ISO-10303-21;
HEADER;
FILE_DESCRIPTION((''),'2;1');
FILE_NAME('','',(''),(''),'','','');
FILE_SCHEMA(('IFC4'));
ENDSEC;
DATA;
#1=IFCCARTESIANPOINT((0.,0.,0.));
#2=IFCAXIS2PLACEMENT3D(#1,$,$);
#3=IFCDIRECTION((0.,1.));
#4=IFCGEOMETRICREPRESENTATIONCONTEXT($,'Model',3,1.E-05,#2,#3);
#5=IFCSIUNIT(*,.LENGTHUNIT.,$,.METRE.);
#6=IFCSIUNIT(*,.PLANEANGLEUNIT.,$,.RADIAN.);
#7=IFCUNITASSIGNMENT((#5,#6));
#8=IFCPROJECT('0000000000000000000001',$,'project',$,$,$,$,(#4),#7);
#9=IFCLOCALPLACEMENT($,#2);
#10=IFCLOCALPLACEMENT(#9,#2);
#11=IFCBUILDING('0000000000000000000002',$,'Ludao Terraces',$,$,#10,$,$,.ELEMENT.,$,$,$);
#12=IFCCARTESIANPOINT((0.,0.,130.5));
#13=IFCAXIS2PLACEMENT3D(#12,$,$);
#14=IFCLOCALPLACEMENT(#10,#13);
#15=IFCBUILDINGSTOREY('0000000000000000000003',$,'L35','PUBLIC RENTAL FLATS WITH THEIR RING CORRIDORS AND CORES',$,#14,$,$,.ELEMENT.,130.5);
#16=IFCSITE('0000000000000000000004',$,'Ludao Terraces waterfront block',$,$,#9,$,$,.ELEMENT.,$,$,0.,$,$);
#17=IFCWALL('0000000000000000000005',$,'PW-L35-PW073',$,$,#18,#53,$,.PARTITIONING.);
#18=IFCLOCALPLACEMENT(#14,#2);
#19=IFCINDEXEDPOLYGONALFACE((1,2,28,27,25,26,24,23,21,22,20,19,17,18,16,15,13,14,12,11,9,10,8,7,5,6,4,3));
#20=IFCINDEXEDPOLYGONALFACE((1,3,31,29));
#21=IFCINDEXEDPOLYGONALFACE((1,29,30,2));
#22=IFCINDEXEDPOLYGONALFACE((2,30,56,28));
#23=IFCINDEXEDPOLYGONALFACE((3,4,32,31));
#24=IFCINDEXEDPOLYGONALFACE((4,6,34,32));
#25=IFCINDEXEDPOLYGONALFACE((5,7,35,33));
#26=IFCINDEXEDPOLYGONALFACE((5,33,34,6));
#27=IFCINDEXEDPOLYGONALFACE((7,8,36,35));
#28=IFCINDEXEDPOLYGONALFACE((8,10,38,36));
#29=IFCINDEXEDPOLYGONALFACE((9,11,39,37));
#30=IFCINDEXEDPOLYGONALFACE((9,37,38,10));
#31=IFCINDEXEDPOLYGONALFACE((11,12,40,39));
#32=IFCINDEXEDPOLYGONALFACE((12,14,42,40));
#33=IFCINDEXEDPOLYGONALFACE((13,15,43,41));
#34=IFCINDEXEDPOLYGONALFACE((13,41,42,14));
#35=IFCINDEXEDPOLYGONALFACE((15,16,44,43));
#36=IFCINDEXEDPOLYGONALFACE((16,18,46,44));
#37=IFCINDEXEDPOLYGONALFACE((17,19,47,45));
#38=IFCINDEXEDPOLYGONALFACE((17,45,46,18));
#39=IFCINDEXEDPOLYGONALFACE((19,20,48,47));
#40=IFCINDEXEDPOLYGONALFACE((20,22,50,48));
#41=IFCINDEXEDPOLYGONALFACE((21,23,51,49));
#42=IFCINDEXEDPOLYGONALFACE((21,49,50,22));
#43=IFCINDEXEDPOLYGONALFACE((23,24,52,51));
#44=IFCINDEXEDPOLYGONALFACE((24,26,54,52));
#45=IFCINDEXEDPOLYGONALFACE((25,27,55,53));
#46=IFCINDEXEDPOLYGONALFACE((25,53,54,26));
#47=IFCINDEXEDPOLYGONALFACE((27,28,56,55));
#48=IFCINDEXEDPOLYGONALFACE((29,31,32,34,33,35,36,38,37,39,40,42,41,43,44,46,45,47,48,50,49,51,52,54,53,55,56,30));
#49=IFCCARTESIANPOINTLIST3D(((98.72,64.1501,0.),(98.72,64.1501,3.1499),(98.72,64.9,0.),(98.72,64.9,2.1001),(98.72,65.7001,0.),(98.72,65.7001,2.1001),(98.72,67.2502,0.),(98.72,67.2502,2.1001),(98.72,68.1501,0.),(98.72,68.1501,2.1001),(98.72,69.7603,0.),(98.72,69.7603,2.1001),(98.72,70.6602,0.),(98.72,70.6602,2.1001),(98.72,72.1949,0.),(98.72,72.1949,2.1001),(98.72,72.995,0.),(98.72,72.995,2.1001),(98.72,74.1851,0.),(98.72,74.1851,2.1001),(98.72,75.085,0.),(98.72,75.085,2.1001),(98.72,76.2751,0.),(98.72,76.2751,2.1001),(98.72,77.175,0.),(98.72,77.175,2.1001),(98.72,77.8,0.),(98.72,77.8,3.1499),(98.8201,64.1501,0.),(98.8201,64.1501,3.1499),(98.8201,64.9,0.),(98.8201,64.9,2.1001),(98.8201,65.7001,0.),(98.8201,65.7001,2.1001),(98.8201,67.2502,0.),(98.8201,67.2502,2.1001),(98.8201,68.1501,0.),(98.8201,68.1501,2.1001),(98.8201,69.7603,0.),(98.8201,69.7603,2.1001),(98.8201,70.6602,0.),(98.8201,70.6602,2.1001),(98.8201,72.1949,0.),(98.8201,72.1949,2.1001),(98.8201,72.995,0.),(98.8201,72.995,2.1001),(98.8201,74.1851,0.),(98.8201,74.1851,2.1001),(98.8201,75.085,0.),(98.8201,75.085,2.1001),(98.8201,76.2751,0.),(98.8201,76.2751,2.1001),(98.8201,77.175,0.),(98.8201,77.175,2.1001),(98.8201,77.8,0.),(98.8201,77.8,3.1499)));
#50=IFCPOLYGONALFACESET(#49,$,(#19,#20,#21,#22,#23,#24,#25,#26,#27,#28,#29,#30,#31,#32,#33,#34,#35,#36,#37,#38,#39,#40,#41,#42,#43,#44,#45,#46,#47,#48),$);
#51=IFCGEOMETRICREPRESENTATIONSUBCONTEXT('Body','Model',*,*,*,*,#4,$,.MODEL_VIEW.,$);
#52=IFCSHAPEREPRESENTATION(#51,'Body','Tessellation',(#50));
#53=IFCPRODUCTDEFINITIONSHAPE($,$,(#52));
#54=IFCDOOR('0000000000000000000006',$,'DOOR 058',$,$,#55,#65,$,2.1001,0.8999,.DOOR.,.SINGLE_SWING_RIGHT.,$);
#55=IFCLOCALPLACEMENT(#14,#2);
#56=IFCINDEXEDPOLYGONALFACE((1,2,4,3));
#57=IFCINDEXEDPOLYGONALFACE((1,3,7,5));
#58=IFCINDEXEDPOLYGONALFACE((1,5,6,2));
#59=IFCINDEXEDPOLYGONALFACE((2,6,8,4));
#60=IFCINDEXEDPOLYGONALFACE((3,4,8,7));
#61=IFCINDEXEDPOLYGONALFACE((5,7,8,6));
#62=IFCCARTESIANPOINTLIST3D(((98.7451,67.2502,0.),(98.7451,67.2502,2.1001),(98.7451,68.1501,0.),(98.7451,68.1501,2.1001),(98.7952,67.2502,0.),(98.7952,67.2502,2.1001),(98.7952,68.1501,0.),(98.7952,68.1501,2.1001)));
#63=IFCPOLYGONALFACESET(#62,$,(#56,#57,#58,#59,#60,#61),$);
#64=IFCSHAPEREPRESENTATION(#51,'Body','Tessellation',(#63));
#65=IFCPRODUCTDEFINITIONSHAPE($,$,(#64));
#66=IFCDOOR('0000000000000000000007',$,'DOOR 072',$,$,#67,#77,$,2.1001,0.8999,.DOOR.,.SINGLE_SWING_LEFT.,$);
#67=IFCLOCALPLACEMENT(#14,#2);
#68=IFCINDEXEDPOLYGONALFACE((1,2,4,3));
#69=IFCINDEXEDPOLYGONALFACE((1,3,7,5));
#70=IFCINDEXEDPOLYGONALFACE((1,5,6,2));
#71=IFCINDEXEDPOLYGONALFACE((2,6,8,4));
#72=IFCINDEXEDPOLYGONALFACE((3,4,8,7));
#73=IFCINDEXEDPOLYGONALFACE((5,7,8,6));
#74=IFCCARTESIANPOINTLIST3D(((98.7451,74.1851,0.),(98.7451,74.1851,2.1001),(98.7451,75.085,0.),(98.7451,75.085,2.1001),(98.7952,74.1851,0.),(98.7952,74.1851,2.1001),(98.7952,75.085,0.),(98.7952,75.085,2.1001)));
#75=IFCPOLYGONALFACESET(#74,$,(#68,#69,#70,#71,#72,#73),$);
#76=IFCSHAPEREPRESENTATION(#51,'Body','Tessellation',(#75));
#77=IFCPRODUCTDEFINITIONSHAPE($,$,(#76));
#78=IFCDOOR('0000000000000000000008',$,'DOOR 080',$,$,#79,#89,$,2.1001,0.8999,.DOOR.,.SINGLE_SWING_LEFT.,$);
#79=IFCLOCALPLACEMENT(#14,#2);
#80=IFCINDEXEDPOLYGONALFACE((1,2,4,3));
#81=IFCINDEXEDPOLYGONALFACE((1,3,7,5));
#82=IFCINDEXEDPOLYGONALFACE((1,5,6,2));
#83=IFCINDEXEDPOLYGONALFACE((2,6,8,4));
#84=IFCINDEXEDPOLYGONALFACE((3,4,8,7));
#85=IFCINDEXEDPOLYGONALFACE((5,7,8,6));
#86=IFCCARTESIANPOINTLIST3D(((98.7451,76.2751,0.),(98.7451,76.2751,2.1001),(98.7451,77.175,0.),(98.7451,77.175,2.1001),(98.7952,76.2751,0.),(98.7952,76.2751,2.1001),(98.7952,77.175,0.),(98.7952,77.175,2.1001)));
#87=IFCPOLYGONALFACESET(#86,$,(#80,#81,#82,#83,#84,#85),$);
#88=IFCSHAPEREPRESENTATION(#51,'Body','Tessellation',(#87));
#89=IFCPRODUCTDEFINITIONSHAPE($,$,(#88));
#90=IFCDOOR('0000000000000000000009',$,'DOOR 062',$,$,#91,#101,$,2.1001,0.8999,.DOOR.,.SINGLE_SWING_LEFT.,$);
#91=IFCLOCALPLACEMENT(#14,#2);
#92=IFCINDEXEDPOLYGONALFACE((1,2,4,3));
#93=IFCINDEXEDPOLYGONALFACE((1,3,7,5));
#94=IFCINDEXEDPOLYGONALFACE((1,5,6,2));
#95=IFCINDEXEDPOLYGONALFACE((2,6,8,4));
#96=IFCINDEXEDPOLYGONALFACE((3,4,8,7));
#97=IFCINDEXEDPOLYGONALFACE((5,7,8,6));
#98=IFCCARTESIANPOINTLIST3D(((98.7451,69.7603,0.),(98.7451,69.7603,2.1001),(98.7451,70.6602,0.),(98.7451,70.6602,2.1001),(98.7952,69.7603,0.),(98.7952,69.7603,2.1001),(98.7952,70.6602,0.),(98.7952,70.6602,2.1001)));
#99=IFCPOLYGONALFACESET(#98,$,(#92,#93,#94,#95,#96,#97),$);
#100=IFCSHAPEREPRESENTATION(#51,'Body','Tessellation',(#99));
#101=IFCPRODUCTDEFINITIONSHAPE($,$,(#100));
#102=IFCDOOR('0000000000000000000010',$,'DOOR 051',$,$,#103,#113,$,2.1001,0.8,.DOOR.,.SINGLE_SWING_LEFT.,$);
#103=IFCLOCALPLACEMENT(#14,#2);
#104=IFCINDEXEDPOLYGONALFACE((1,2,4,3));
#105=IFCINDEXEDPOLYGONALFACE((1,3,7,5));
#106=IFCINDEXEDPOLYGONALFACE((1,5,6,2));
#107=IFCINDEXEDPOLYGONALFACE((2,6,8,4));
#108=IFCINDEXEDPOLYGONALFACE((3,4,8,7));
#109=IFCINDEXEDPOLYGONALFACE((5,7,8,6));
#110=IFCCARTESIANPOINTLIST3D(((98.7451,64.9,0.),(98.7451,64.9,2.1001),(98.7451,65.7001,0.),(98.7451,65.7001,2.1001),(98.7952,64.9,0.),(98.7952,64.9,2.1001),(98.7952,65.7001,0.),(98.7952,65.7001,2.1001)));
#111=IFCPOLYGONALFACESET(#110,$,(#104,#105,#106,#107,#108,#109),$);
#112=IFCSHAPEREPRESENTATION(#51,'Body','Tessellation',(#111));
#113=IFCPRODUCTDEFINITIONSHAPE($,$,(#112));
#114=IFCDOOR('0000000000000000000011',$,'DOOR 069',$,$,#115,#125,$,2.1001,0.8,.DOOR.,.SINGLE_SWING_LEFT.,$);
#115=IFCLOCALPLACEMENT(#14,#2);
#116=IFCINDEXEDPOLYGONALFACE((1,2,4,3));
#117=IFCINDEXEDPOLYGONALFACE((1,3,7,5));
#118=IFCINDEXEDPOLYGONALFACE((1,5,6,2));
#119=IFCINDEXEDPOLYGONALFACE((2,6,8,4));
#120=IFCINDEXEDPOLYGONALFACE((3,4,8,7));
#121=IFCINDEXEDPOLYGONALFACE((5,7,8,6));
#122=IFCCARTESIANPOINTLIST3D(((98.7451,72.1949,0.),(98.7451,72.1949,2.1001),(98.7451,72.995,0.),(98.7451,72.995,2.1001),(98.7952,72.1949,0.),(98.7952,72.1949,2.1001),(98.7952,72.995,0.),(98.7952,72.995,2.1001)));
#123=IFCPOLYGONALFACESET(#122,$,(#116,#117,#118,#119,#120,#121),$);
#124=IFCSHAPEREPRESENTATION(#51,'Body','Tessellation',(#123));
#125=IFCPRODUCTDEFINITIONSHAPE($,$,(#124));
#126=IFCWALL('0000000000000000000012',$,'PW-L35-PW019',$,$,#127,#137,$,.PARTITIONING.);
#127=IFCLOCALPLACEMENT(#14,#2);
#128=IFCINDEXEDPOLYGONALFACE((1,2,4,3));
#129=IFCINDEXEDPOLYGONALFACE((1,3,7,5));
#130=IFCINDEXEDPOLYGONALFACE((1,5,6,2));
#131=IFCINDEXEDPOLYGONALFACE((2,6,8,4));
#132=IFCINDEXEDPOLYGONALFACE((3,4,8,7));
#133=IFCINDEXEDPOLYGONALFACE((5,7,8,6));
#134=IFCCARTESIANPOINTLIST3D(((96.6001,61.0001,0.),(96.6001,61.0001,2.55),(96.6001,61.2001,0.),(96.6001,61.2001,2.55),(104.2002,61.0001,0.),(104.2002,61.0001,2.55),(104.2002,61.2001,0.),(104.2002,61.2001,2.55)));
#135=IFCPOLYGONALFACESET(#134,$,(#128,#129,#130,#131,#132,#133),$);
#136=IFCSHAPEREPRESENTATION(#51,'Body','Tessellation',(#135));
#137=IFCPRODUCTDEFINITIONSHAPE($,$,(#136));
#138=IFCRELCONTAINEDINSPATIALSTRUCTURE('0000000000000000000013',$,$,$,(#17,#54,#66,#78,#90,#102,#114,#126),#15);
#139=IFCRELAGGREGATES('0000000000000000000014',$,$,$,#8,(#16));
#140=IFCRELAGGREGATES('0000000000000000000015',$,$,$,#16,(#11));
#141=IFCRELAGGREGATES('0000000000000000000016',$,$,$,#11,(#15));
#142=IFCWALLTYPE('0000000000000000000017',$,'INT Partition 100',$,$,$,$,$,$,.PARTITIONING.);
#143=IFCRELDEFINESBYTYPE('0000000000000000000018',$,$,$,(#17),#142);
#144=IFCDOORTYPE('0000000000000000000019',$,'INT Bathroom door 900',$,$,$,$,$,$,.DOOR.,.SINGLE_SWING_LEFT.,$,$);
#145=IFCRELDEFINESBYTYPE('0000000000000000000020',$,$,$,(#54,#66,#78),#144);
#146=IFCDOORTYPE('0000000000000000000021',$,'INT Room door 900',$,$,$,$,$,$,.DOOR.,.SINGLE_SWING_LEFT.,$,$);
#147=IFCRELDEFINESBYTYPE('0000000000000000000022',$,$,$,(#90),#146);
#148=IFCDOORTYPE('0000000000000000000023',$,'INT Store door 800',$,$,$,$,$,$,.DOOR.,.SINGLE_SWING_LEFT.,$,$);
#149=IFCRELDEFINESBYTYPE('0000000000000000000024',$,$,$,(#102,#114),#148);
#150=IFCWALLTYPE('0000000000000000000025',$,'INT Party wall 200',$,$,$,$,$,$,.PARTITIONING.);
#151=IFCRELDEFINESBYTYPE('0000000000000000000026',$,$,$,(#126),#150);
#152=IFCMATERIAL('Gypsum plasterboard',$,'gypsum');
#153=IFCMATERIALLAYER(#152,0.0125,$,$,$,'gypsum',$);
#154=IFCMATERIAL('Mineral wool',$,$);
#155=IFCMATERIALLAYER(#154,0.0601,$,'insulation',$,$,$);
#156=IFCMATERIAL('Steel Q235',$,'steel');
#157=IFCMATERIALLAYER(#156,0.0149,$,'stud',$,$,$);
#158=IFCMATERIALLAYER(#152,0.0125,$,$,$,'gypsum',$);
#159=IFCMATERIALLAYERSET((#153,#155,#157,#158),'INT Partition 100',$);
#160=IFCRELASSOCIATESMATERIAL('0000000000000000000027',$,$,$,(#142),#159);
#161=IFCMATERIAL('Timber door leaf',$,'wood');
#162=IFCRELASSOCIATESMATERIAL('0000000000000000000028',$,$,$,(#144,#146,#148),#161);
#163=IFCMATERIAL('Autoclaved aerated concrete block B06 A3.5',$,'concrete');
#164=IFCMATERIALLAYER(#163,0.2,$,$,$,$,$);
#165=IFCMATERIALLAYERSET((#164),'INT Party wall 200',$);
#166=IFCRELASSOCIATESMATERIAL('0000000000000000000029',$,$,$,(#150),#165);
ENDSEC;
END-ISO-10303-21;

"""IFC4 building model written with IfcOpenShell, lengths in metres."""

from ifc_helpers import new_model, si_unit, direction, frame, frame_2d, origin, place, context, subcontext, project, spatial, rectangle, extrude, material, layer, layer_set, type_object, element, fill, save


model = new_model("IFC4")

# Units and contexts
model_context = context("Model", 3, precision=1e-05, world=origin(), true_north=direction((0.0, 1.0)))
body_context = subcontext(model_context, "Body", "Model", "MODEL_VIEW")
ifc_project = project(units=[si_unit("LENGTHUNIT", "METRE"), si_unit("PLANEANGLEUNIT", "RADIAN")], contexts=[model_context])

# Site, building, storey
site_placement = place(None, origin())
site = spatial("IfcSite", under=ifc_project, at=site_placement, Name="Ludao Terraces waterfront block", CompositionType="ELEMENT", RefElevation=0.0)
building_placement = place(site_placement, origin())
building = spatial("IfcBuilding", under=site, at=building_placement, Name="Ludao Terraces", CompositionType="ELEMENT")
storey_placement = place(building_placement, frame((0.0, 0.0, 130.5)))
storey = spatial("IfcBuildingStorey", under=building, at=storey_placement, Name="L35", Description="PUBLIC RENTAL FLATS WITH THEIR RING CORRIDORS AND CORES", CompositionType="ELEMENT", Elevation=130.5)

# Shared definitions
ifc_material_1 = material(Name="Mineral wool")

# Shared definitions
ifc_material_2 = material(Name="Autoclaved aerated concrete block B06 A3.5", Category="concrete")
ifc_material_3 = material(Name="Steel Q235", Category="steel")

# Shared definitions
ifc_material_4 = material(Name="Gypsum plasterboard", Category="gypsum")
ifc_layer_1 = layer(ifc_material_4, 0.0125, Category="gypsum")
ifc_layer_2 = layer(ifc_material_1, 0.0601, Name="insulation")
ifc_layer_3 = layer(ifc_material_3, 0.0149, Name="stud")
ifc_layer_4 = layer(ifc_material_4, 0.0125, Category="gypsum")
ifc_layer_set_1 = layer_set([ifc_layer_1, ifc_layer_2, ifc_layer_3, ifc_layer_4], Name="INT Partition 100")
wall_type_1 = type_object("IfcWallType", Name="INT Partition 100", PredefinedType="PARTITIONING", material=ifc_layer_set_1)

# Wall, openings, doors
ifc_material_5 = material(Name="Timber door leaf", Category="wood")
door_type_1 = type_object("IfcDoorType", Name="INT Bathroom door 900", OperationType="SINGLE_SWING_LEFT", PredefinedType="DOOR", material=ifc_material_5)
door_type_2 = type_object("IfcDoorType", Name="INT Room door 900", OperationType="SINGLE_SWING_LEFT", PredefinedType="DOOR", material=ifc_material_5)
wall_1_placement = place(storey_placement, frame((98.77, 64.1501, 0.0), z_axis=(0.0, 0.0, 1.0), x_axis=(0.0, 1.0, 0.0)))
wall_1 = element("IfcWall", 1, at=wall_1_placement, inside=storey, type_object=wall_type_1, Name="PW-L35-PW073", PredefinedType="PARTITIONING", context=body_context, shape_type="SweptSolid", body=[
    extrude(rectangle(XDim=13.6499, YDim=0.1001, at=frame_2d((6.825, 0.0))), origin(), (0.0, 0.0, 1.0), 3.1499),
])
opening_1_placement = place(wall_1_placement, frame((0.75, 0.0, 0.0)))
opening_1 = element("IfcOpeningElement", 2, at=opening_1_placement, cuts=wall_1, PredefinedType="OPENING", context=body_context, shape_type="SweptSolid", body=[
    extrude(rectangle(XDim=0.8, YDim=2.1001, at=frame_2d((0.3999, 1.05))), frame((0.0, 0.0601, 0.0), z_axis=(0.0, -1.0, 0.0), x_axis=(1.0, 0.0, 0.0)), (0.0, 0.0, 1.0), 0.1201),
])
opening_2_placement = place(wall_1_placement, frame((3.1001, 0.0, 0.0)))
opening_2 = element("IfcOpeningElement", 3, at=opening_2_placement, cuts=wall_1, PredefinedType="OPENING", context=body_context, shape_type="SweptSolid", body=[
    extrude(rectangle(XDim=0.8999, YDim=2.1001, at=frame_2d((0.45, 1.05))), frame((0.0, 0.0601, 0.0), z_axis=(0.0, -1.0, 0.0), x_axis=(1.0, 0.0, 0.0)), (0.0, 0.0, 1.0), 0.1201),
])
opening_3_placement = place(wall_1_placement, frame((5.6101, 0.0, 0.0)))
opening_3 = element("IfcOpeningElement", 4, at=opening_3_placement, cuts=wall_1, PredefinedType="OPENING", context=body_context, shape_type="SweptSolid", body=[
    extrude(rectangle(XDim=0.8999, YDim=2.1001, at=frame_2d((0.45, 1.05))), frame((0.0, 0.0601, 0.0), z_axis=(0.0, -1.0, 0.0), x_axis=(1.0, 0.0, 0.0)), (0.0, 0.0, 1.0), 0.1201),
])
opening_4_placement = place(wall_1_placement, frame((8.0449, 0.0, 0.0)))
opening_4 = element("IfcOpeningElement", 5, at=opening_4_placement, cuts=wall_1, PredefinedType="OPENING", context=body_context, shape_type="SweptSolid", body=[
    extrude(rectangle(XDim=0.8, YDim=2.1001, at=frame_2d((0.3999, 1.05))), frame((0.0, 0.0601, 0.0), z_axis=(0.0, -1.0, 0.0), x_axis=(1.0, 0.0, 0.0)), (0.0, 0.0, 1.0), 0.1201),
])
opening_5_placement = place(wall_1_placement, frame((10.0349, 0.0, 0.0)))
opening_5 = element("IfcOpeningElement", 6, at=opening_5_placement, cuts=wall_1, PredefinedType="OPENING", context=body_context, shape_type="SweptSolid", body=[
    extrude(rectangle(XDim=0.8999, YDim=2.1001, at=frame_2d((0.45, 1.05))), frame((0.0, 0.0601, 0.0), z_axis=(0.0, -1.0, 0.0), x_axis=(1.0, 0.0, 0.0)), (0.0, 0.0, 1.0), 0.1201),
])
opening_6_placement = place(wall_1_placement, frame((12.125, 0.0, 0.0)))
opening_6 = element("IfcOpeningElement", 7, at=opening_6_placement, cuts=wall_1, PredefinedType="OPENING", context=body_context, shape_type="SweptSolid", body=[
    extrude(rectangle(XDim=0.8999, YDim=2.1001, at=frame_2d((0.45, 1.05))), frame((0.0, 0.0601, 0.0), z_axis=(0.0, -1.0, 0.0), x_axis=(1.0, 0.0, 0.0)), (0.0, 0.0, 1.0), 0.1201),
])
door_1_placement = place(opening_2_placement, origin())
door_1 = element("IfcDoor", 8, at=door_1_placement, inside=storey, type_object=door_type_1, Name="DOOR 058", OperationType="SINGLE_SWING_RIGHT", OverallHeight=2.1001, OverallWidth=0.8999, PredefinedType="DOOR", context=body_context, shape_type="SweptSolid", body=[
    extrude(rectangle(XDim=0.8999, YDim=2.1001, at=frame_2d((0.45, 1.05))), frame((0.0, 0.0249, 0.0), z_axis=(0.0, -1.0, 0.0), x_axis=(1.0, 0.0, 0.0)), (0.0, 0.0, 1.0), 0.05),
])
fill(opening_2, door_1)
door_2_placement = place(opening_5_placement, origin())
door_2 = element("IfcDoor", 9, at=door_2_placement, inside=storey, type_object=door_type_1, Name="DOOR 072", OperationType="SINGLE_SWING_LEFT", OverallHeight=2.1001, OverallWidth=0.8999, PredefinedType="DOOR", context=body_context, shape_type="SweptSolid", body=[
    extrude(rectangle(XDim=0.8999, YDim=2.1001, at=frame_2d((0.45, 1.05))), frame((0.0, 0.0249, 0.0), z_axis=(0.0, -1.0, 0.0), x_axis=(1.0, 0.0, 0.0)), (0.0, 0.0, 1.0), 0.05),
])
fill(opening_5, door_2)
door_3_placement = place(opening_6_placement, origin())
door_3 = element("IfcDoor", 10, at=door_3_placement, inside=storey, type_object=door_type_1, Name="DOOR 080", OperationType="SINGLE_SWING_LEFT", OverallHeight=2.1001, OverallWidth=0.8999, PredefinedType="DOOR", context=body_context, shape_type="SweptSolid", body=[
    extrude(rectangle(XDim=0.8999, YDim=2.1001, at=frame_2d((0.45, 1.05))), frame((0.0, 0.0249, 0.0), z_axis=(0.0, -1.0, 0.0), x_axis=(1.0, 0.0, 0.0)), (0.0, 0.0, 1.0), 0.05),
])
fill(opening_6, door_3)
door_4_placement = place(opening_3_placement, origin())
door_4 = element("IfcDoor", 11, at=door_4_placement, inside=storey, type_object=door_type_2, Name="DOOR 062", OperationType="SINGLE_SWING_LEFT", OverallHeight=2.1001, OverallWidth=0.8999, PredefinedType="DOOR", context=body_context, shape_type="SweptSolid", body=[
    extrude(rectangle(XDim=0.8999, YDim=2.1001, at=frame_2d((0.45, 1.05))), frame((0.0, 0.0249, 0.0), z_axis=(0.0, -1.0, 0.0), x_axis=(1.0, 0.0, 0.0)), (0.0, 0.0, 1.0), 0.05),
])
fill(opening_3, door_4)
door_type_3 = type_object("IfcDoorType", Name="INT Store door 800", OperationType="SINGLE_SWING_LEFT", PredefinedType="DOOR", material=ifc_material_5)
door_5_placement = place(opening_1_placement, origin())
door_5 = element("IfcDoor", 12, at=door_5_placement, inside=storey, type_object=door_type_3, Name="DOOR 051", OperationType="SINGLE_SWING_LEFT", OverallHeight=2.1001, OverallWidth=0.8, PredefinedType="DOOR", context=body_context, shape_type="SweptSolid", body=[
    extrude(rectangle(XDim=0.8, YDim=2.1001, at=frame_2d((0.3999, 1.05))), frame((0.0, 0.0249, 0.0), z_axis=(0.0, -1.0, 0.0), x_axis=(1.0, 0.0, 0.0)), (0.0, 0.0, 1.0), 0.05),
])
fill(opening_1, door_5)
door_6_placement = place(opening_4_placement, origin())
door_6 = element("IfcDoor", 13, at=door_6_placement, inside=storey, type_object=door_type_3, Name="DOOR 069", OperationType="SINGLE_SWING_LEFT", OverallHeight=2.1001, OverallWidth=0.8, PredefinedType="DOOR", context=body_context, shape_type="SweptSolid", body=[
    extrude(rectangle(XDim=0.8, YDim=2.1001, at=frame_2d((0.3999, 1.05))), frame((0.0, 0.0249, 0.0), z_axis=(0.0, -1.0, 0.0), x_axis=(1.0, 0.0, 0.0)), (0.0, 0.0, 1.0), 0.05),
])
fill(opening_4, door_6)

# Wall
ifc_layer_5 = layer(ifc_material_2, 0.2)
ifc_layer_set_2 = layer_set([ifc_layer_5], Name="INT Party wall 200")
wall_type_2 = type_object("IfcWallType", Name="INT Party wall 200", PredefinedType="PARTITIONING", material=ifc_layer_set_2)
wall_2_placement = place(storey_placement, frame((96.6001, 61.1001, 0.0), z_axis=(0.0, 0.0, 1.0), x_axis=(1.0, 0.0, 0.0)))
element("IfcWall", 14, at=wall_2_placement, inside=storey, type_object=wall_type_2, Name="PW-L35-PW019", PredefinedType="PARTITIONING", context=body_context, shape_type="SweptSolid", body=[
    extrude(rectangle(XDim=7.6001, YDim=0.2, at=frame_2d((3.8, 0.0))), origin(), (0.0, 0.0, 1.0), 2.55),
])

save(model, "model.ifc")
